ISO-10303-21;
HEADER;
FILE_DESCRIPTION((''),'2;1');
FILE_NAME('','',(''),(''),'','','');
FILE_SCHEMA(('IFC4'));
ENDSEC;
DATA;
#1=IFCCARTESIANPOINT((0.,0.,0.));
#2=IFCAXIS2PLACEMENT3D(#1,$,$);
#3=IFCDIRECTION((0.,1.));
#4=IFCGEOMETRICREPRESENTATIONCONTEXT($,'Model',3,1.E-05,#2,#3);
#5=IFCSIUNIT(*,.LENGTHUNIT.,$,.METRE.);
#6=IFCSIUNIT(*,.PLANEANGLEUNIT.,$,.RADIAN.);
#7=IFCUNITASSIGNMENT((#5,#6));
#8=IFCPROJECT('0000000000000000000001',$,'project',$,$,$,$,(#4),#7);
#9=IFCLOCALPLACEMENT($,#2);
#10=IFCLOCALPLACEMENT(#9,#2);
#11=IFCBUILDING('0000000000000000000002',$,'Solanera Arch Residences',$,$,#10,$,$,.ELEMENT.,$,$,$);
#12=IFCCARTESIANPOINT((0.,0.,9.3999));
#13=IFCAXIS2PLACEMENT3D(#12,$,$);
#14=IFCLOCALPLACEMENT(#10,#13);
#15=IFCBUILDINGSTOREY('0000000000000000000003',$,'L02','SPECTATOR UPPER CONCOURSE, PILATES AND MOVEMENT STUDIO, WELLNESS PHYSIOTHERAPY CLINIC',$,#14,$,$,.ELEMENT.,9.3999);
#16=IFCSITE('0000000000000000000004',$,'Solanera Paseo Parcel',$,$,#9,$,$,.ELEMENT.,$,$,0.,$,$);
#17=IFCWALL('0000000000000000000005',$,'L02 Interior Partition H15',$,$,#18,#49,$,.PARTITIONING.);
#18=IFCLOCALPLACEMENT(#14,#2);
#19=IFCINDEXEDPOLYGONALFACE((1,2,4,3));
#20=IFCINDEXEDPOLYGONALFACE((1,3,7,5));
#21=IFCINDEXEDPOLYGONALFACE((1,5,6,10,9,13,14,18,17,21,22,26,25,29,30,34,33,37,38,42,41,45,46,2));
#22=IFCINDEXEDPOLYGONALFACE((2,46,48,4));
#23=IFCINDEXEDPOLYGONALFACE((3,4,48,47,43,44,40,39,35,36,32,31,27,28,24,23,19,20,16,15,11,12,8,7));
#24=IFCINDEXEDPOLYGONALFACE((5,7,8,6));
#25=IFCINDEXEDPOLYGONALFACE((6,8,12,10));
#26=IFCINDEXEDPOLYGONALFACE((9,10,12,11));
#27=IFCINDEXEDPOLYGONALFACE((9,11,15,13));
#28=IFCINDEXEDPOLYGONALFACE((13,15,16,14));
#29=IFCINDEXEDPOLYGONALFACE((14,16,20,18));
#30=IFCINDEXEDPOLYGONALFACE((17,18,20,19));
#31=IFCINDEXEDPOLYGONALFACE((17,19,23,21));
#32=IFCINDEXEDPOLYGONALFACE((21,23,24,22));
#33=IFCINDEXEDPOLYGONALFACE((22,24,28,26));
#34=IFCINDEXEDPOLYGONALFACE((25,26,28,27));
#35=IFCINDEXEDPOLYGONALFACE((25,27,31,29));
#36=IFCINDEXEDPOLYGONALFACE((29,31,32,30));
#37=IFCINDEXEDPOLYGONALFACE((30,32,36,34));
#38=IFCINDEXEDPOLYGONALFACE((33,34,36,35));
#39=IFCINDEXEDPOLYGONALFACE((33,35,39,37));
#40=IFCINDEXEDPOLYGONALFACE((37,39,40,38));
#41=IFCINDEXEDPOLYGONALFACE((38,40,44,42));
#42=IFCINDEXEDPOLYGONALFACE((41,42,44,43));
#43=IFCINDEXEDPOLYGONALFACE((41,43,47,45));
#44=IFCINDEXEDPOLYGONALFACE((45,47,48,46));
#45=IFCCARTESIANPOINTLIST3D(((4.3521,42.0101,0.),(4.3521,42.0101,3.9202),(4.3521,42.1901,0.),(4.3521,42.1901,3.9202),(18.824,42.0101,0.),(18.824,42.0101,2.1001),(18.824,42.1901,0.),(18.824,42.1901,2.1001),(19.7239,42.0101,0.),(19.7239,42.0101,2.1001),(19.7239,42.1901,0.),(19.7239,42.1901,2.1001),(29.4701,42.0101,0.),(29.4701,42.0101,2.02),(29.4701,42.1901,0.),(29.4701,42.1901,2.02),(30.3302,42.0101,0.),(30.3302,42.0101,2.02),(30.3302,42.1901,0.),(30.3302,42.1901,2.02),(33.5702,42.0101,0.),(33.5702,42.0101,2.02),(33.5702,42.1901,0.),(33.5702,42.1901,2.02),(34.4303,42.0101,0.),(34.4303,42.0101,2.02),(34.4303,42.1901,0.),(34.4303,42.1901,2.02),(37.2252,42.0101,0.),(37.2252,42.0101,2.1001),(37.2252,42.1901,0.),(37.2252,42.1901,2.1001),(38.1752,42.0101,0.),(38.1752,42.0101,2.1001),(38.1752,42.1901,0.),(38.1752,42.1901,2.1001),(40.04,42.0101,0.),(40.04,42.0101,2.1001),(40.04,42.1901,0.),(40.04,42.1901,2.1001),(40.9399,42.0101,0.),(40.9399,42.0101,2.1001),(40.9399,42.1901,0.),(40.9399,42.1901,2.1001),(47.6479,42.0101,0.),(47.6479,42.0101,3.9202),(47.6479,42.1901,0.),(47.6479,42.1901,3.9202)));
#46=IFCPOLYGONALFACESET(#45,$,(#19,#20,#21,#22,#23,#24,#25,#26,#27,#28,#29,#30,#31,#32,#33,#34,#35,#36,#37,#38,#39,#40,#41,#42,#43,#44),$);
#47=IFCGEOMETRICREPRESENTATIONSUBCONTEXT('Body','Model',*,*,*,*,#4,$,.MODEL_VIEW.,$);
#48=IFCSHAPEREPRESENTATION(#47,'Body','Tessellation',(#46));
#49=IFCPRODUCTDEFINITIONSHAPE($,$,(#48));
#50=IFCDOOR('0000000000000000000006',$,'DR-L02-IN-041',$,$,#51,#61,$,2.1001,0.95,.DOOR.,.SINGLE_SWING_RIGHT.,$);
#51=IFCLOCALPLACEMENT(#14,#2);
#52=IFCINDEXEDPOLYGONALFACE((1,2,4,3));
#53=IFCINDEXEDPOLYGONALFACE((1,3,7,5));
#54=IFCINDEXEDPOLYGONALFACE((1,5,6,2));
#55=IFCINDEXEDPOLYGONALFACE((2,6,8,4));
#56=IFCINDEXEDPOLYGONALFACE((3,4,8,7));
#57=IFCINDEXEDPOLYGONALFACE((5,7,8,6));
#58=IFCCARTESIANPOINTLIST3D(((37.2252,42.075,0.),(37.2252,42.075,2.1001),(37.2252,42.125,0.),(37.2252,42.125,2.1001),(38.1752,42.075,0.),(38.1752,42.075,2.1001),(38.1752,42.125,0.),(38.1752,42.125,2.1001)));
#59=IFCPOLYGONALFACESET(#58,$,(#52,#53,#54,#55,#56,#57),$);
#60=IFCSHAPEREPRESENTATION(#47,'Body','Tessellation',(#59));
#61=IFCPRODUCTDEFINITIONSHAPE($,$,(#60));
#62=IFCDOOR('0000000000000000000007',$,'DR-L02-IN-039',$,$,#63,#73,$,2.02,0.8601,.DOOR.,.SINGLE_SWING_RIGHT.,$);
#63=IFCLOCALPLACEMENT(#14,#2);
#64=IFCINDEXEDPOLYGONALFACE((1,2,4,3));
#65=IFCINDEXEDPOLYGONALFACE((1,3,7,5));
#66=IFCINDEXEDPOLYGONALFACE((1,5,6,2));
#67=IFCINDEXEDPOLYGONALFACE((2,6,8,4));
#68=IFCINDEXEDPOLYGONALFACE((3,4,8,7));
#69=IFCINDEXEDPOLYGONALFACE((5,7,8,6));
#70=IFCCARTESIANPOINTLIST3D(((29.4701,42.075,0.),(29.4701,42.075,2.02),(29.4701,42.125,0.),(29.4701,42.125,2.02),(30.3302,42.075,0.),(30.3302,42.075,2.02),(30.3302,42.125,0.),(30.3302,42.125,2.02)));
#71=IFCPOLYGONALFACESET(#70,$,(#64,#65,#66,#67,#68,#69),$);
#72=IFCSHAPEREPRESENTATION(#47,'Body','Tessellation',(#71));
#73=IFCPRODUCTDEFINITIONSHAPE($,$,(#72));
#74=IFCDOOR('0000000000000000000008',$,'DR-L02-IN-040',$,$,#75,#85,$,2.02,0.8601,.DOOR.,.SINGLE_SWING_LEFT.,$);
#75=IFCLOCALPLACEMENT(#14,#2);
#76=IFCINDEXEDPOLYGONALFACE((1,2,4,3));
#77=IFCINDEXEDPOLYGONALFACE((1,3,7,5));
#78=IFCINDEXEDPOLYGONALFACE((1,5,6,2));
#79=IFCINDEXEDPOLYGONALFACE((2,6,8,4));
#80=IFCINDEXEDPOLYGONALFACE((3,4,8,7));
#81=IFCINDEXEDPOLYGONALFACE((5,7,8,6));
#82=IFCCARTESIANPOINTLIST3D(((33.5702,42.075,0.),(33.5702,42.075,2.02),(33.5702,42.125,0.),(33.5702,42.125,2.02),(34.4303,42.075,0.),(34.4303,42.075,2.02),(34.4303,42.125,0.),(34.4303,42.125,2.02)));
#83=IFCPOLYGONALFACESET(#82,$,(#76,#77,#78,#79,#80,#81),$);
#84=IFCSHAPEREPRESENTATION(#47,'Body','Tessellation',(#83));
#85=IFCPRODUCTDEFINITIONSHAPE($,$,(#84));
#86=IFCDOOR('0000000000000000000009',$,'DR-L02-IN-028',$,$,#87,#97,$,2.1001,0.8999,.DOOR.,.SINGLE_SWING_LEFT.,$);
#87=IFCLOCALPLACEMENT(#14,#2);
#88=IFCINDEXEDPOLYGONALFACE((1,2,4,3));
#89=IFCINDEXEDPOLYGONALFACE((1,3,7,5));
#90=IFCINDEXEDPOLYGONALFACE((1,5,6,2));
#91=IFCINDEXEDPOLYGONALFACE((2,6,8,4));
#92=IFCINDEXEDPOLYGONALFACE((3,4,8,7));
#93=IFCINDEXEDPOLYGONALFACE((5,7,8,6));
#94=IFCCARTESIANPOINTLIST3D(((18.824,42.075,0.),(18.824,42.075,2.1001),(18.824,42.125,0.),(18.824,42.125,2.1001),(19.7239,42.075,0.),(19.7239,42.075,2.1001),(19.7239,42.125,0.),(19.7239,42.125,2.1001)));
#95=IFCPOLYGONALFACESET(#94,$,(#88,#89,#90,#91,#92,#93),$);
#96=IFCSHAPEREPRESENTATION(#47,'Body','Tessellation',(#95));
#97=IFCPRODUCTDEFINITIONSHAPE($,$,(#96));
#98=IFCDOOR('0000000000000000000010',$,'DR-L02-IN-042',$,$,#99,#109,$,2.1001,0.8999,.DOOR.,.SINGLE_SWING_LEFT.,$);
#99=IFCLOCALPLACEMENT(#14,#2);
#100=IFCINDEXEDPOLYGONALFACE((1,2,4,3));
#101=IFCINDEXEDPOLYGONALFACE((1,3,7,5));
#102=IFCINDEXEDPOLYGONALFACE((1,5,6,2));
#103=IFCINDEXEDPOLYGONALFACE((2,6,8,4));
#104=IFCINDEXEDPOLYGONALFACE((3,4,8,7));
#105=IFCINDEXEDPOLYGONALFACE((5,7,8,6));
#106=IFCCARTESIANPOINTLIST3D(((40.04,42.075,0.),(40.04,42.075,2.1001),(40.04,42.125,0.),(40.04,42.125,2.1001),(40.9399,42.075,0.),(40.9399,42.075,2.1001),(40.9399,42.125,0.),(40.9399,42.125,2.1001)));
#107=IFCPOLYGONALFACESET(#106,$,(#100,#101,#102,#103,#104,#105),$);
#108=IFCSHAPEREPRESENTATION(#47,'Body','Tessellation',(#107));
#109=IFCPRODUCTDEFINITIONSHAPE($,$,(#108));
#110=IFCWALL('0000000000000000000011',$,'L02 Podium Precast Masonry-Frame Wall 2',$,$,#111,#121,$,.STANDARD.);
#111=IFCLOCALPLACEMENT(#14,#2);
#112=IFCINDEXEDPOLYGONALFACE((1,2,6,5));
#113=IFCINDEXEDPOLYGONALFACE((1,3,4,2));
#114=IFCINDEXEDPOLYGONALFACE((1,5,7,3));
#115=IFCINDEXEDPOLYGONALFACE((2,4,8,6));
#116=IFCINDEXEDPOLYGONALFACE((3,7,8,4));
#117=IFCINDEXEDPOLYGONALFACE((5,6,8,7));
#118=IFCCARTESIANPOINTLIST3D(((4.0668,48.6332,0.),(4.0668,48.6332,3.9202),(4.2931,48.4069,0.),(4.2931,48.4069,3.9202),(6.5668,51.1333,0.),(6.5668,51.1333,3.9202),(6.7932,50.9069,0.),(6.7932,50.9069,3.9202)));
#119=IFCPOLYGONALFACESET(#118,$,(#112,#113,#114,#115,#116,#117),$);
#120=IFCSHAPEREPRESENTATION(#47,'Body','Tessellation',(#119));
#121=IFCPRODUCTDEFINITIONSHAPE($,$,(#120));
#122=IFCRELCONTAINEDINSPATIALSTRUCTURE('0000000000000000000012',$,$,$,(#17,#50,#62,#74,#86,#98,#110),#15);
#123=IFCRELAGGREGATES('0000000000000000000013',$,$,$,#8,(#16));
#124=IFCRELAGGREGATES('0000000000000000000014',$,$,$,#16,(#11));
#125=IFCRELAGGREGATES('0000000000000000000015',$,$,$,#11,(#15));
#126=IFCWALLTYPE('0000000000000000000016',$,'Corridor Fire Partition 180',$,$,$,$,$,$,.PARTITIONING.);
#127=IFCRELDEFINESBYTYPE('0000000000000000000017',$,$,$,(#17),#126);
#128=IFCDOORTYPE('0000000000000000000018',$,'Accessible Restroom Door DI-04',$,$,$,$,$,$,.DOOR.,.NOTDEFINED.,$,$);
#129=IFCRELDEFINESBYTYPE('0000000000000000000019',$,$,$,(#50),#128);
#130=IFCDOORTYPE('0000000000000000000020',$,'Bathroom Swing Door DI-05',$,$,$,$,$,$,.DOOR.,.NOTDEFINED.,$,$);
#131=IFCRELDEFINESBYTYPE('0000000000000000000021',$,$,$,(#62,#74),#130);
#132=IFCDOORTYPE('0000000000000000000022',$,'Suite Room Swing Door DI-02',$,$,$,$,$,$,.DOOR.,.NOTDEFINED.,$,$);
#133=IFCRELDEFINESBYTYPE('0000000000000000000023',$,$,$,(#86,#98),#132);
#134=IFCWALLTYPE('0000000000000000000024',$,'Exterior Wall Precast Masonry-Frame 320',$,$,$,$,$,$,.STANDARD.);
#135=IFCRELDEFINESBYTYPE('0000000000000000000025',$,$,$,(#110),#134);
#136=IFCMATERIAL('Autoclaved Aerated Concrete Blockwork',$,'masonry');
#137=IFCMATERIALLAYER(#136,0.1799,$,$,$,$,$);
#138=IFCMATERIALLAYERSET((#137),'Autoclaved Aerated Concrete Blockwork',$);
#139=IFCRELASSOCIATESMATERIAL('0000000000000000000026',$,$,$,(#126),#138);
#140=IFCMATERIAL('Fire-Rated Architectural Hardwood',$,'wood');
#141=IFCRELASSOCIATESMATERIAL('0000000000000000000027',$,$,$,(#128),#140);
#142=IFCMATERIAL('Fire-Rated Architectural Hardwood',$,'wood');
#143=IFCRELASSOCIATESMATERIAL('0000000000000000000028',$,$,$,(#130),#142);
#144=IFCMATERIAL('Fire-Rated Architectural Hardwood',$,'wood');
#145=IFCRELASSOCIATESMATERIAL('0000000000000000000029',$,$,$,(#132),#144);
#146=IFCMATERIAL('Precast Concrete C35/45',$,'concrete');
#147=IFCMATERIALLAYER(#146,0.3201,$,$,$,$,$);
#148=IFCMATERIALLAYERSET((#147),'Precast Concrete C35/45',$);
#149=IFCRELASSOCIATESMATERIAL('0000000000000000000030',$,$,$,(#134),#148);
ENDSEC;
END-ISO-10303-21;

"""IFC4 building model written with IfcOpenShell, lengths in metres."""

from ifc_helpers import new_model, si_unit, direction, frame, frame_2d, origin, place, context, subcontext, project, spatial, rectangle, extrude, material, layer, layer_set, type_object, element, fill, save


model = new_model("IFC4")

# Units and contexts
model_context = context("Model", 3, precision=1e-05, world=origin(), true_north=direction((0.0, 1.0)))
body_context = subcontext(model_context, "Body", "Model", "MODEL_VIEW")
ifc_project = project(units=[si_unit("LENGTHUNIT", "METRE"), si_unit("PLANEANGLEUNIT", "RADIAN")], contexts=[model_context])

# Site, building, storey
site_placement = place(None, origin())
site = spatial("IfcSite", under=ifc_project, at=site_placement, Name="Solanera Paseo Parcel", CompositionType="ELEMENT", RefElevation=0.0)
building_placement = place(site_placement, origin())
building = spatial("IfcBuilding", under=site, at=building_placement, Name="Solanera Arch Residences", CompositionType="ELEMENT")
storey_placement = place(building_placement, frame((0.0, 0.0, 9.3999)))
storey = spatial("IfcBuildingStorey", under=building, at=storey_placement, Name="L02", Description="SPECTATOR UPPER CONCOURSE, PILATES AND MOVEMENT STUDIO, WELLNESS PHYSIOTHERAPY CLINIC", CompositionType="ELEMENT", Elevation=9.3999)

# Wall, openings, doors
ifc_material_1 = material(Name="Autoclaved Aerated Concrete Blockwork", Category="masonry")
ifc_layer_1 = layer(ifc_material_1, 0.1799)
ifc_layer_set_1 = layer_set([ifc_layer_1], Name="Autoclaved Aerated Concrete Blockwork")
wall_type_1 = type_object("IfcWallType", Name="Corridor Fire Partition 180", PredefinedType="PARTITIONING", material=ifc_layer_set_1)
wall_1_placement = place(storey_placement, frame((4.3521, 42.1001, 0.0), z_axis=(0.0, 0.0, 1.0), x_axis=(1.0, 0.0, 0.0)))
wall_1 = element("IfcWall", 1, at=wall_1_placement, inside=storey, type_object=wall_type_1, Name="L02 Interior Partition H15", PredefinedType="PARTITIONING", context=body_context, shape_type="SweptSolid", body=[
    extrude(rectangle(XDim=43.2959, YDim=0.1799, at=frame_2d((21.6479, 0.0))), origin(), (0.0, 0.0, 1.0), 3.9202),
])
opening_1_placement = place(wall_1_placement, frame((14.4719, 0.0, 0.0)))
opening_1 = element("IfcOpeningElement", 2, at=opening_1_placement, cuts=wall_1, PredefinedType="OPENING", context=body_context, shape_type="SweptSolid", body=[
    extrude(rectangle(XDim=0.8999, YDim=2.1001, at=frame_2d((0.45, 1.05))), frame((0.0, 0.1001, 0.0), z_axis=(0.0, -1.0, 0.0), x_axis=(1.0, 0.0, 0.0)), (0.0, 0.0, 1.0), 0.1999),
])
opening_2_placement = place(wall_1_placement, frame((25.1179, 0.0, 0.0)))
opening_2 = element("IfcOpeningElement", 3, at=opening_2_placement, cuts=wall_1, PredefinedType="OPENING", context=body_context, shape_type="SweptSolid", body=[
    extrude(rectangle(XDim=0.8601, YDim=2.02, at=frame_2d((0.4302, 1.01))), frame((0.0, 0.1001, 0.0), z_axis=(0.0, -1.0, 0.0), x_axis=(1.0, 0.0, 0.0)), (0.0, 0.0, 1.0), 0.1999),
])
opening_3_placement = place(wall_1_placement, frame((29.218, 0.0, 0.0)))
opening_3 = element("IfcOpeningElement", 4, at=opening_3_placement, cuts=wall_1, PredefinedType="OPENING", context=body_context, shape_type="SweptSolid", body=[
    extrude(rectangle(XDim=0.8601, YDim=2.02, at=frame_2d((0.4302, 1.01))), frame((0.0, 0.1001, 0.0), z_axis=(0.0, -1.0, 0.0), x_axis=(1.0, 0.0, 0.0)), (0.0, 0.0, 1.0), 0.1999),
])
opening_4_placement = place(wall_1_placement, frame((32.873, 0.0, 0.0)))
opening_4 = element("IfcOpeningElement", 5, at=opening_4_placement, cuts=wall_1, PredefinedType="OPENING", context=body_context, shape_type="SweptSolid", body=[
    extrude(rectangle(XDim=0.95, YDim=2.1001, at=frame_2d((0.4751, 1.05))), frame((0.0, 0.1001, 0.0), z_axis=(0.0, -1.0, 0.0), x_axis=(1.0, 0.0, 0.0)), (0.0, 0.0, 1.0), 0.1999),
])
opening_5_placement = place(wall_1_placement, frame((35.688, 0.0, 0.0)))
opening_5 = element("IfcOpeningElement", 6, at=opening_5_placement, cuts=wall_1, PredefinedType="OPENING", context=body_context, shape_type="SweptSolid", body=[
    extrude(rectangle(XDim=0.8999, YDim=2.1001, at=frame_2d((0.45, 1.05))), frame((0.0, 0.1001, 0.0), z_axis=(0.0, -1.0, 0.0), x_axis=(1.0, 0.0, 0.0)), (0.0, 0.0, 1.0), 0.1999),
])
ifc_material_2 = material(Name="Fire-Rated Architectural Hardwood", Category="wood")
door_type_1 = type_object("IfcDoorType", Name="Accessible Restroom Door DI-04", OperationType="NOTDEFINED", PredefinedType="DOOR", material=ifc_material_2)
door_1_placement = place(opening_4_placement, origin())
door_1 = element("IfcDoor", 7, at=door_1_placement, inside=storey, type_object=door_type_1, Name="DR-L02-IN-041", OperationType="SINGLE_SWING_RIGHT", OverallHeight=2.1001, OverallWidth=0.95, PredefinedType="DOOR", context=body_context, shape_type="SweptSolid", body=[
    extrude(rectangle(XDim=0.95, YDim=2.1001, at=frame_2d((0.4751, 1.05))), frame((0.0, 0.0249, 0.0), z_axis=(0.0, -1.0, 0.0), x_axis=(1.0, 0.0, 0.0)), (0.0, 0.0, 1.0), 0.05),
])
fill(opening_4, door_1)
ifc_material_3 = material(Name="Fire-Rated Architectural Hardwood", Category="wood")
door_type_2 = type_object("IfcDoorType", Name="Bathroom Swing Door DI-05", OperationType="NOTDEFINED", PredefinedType="DOOR", material=ifc_material_3)
door_2_placement = place(opening_2_placement, origin())
door_2 = element("IfcDoor", 8, at=door_2_placement, inside=storey, type_object=door_type_2, Name="DR-L02-IN-039", OperationType="SINGLE_SWING_RIGHT", OverallHeight=2.02, OverallWidth=0.8601, PredefinedType="DOOR", context=body_context, shape_type="SweptSolid", body=[
    extrude(rectangle(XDim=0.8601, YDim=2.02, at=frame_2d((0.4302, 1.01))), frame((0.0, 0.0249, 0.0), z_axis=(0.0, -1.0, 0.0), x_axis=(1.0, 0.0, 0.0)), (0.0, 0.0, 1.0), 0.05),
])
fill(opening_2, door_2)
door_3_placement = place(opening_3_placement, origin())
door_3 = element("IfcDoor", 9, at=door_3_placement, inside=storey, type_object=door_type_2, Name="DR-L02-IN-040", OperationType="SINGLE_SWING_LEFT", OverallHeight=2.02, OverallWidth=0.8601, PredefinedType="DOOR", context=body_context, shape_type="SweptSolid", body=[
    extrude(rectangle(XDim=0.8601, YDim=2.02, at=frame_2d((0.4302, 1.01))), frame((0.0, 0.0249, 0.0), z_axis=(0.0, -1.0, 0.0), x_axis=(1.0, 0.0, 0.0)), (0.0, 0.0, 1.0), 0.05),
])
fill(opening_3, door_3)
ifc_material_4 = material(Name="Fire-Rated Architectural Hardwood", Category="wood")
door_type_3 = type_object("IfcDoorType", Name="Suite Room Swing Door DI-02", OperationType="NOTDEFINED", PredefinedType="DOOR", material=ifc_material_4)
door_4_placement = place(opening_1_placement, origin())
door_4 = element("IfcDoor", 10, at=door_4_placement, inside=storey, type_object=door_type_3, Name="DR-L02-IN-028", OperationType="SINGLE_SWING_LEFT", OverallHeight=2.1001, OverallWidth=0.8999, PredefinedType="DOOR", context=body_context, shape_type="SweptSolid", body=[
    extrude(rectangle(XDim=0.8999, YDim=2.1001, at=frame_2d((0.45, 1.05))), frame((0.0, 0.0249, 0.0), z_axis=(0.0, -1.0, 0.0), x_axis=(1.0, 0.0, 0.0)), (0.0, 0.0, 1.0), 0.05),
])
fill(opening_1, door_4)
door_5_placement = place(opening_5_placement, origin())
door_5 = element("IfcDoor", 11, at=door_5_placement, inside=storey, type_object=door_type_3, Name="DR-L02-IN-042", OperationType="SINGLE_SWING_LEFT", OverallHeight=2.1001, OverallWidth=0.8999, PredefinedType="DOOR", context=body_context, shape_type="SweptSolid", body=[
    extrude(rectangle(XDim=0.8999, YDim=2.1001, at=frame_2d((0.45, 1.05))), frame((0.0, 0.0249, 0.0), z_axis=(0.0, -1.0, 0.0), x_axis=(1.0, 0.0, 0.0)), (0.0, 0.0, 1.0), 0.05),
])
fill(opening_5, door_5)

# Wall
ifc_material_5 = material(Name="Precast Concrete C35/45", Category="concrete")
ifc_layer_2 = layer(ifc_material_5, 0.3201)
ifc_layer_set_2 = layer_set([ifc_layer_2], Name="Precast Concrete C35/45")
wall_type_2 = type_object("IfcWallType", Name="Exterior Wall Precast Masonry-Frame 320", PredefinedType="STANDARD", material=ifc_layer_set_2)
wall_2_placement = place(storey_placement, frame((4.1799, 48.52, 0.0), z_axis=(0.0, 0.0, 1.0), x_axis=(0.707107, 0.707107, 0.0)))
element("IfcWall", 12, at=wall_2_placement, inside=storey, type_object=wall_type_2, Name="L02 Podium Precast Masonry-Frame Wall 2", PredefinedType="STANDARD", context=body_context, shape_type="SweptSolid", body=[
    extrude(rectangle(XDim=3.5356, YDim=0.3201, at=frame_2d((1.7678, 0.0))), origin(), (0.0, 0.0, 1.0), 3.9202),
])

save(model, "model.ifc")
